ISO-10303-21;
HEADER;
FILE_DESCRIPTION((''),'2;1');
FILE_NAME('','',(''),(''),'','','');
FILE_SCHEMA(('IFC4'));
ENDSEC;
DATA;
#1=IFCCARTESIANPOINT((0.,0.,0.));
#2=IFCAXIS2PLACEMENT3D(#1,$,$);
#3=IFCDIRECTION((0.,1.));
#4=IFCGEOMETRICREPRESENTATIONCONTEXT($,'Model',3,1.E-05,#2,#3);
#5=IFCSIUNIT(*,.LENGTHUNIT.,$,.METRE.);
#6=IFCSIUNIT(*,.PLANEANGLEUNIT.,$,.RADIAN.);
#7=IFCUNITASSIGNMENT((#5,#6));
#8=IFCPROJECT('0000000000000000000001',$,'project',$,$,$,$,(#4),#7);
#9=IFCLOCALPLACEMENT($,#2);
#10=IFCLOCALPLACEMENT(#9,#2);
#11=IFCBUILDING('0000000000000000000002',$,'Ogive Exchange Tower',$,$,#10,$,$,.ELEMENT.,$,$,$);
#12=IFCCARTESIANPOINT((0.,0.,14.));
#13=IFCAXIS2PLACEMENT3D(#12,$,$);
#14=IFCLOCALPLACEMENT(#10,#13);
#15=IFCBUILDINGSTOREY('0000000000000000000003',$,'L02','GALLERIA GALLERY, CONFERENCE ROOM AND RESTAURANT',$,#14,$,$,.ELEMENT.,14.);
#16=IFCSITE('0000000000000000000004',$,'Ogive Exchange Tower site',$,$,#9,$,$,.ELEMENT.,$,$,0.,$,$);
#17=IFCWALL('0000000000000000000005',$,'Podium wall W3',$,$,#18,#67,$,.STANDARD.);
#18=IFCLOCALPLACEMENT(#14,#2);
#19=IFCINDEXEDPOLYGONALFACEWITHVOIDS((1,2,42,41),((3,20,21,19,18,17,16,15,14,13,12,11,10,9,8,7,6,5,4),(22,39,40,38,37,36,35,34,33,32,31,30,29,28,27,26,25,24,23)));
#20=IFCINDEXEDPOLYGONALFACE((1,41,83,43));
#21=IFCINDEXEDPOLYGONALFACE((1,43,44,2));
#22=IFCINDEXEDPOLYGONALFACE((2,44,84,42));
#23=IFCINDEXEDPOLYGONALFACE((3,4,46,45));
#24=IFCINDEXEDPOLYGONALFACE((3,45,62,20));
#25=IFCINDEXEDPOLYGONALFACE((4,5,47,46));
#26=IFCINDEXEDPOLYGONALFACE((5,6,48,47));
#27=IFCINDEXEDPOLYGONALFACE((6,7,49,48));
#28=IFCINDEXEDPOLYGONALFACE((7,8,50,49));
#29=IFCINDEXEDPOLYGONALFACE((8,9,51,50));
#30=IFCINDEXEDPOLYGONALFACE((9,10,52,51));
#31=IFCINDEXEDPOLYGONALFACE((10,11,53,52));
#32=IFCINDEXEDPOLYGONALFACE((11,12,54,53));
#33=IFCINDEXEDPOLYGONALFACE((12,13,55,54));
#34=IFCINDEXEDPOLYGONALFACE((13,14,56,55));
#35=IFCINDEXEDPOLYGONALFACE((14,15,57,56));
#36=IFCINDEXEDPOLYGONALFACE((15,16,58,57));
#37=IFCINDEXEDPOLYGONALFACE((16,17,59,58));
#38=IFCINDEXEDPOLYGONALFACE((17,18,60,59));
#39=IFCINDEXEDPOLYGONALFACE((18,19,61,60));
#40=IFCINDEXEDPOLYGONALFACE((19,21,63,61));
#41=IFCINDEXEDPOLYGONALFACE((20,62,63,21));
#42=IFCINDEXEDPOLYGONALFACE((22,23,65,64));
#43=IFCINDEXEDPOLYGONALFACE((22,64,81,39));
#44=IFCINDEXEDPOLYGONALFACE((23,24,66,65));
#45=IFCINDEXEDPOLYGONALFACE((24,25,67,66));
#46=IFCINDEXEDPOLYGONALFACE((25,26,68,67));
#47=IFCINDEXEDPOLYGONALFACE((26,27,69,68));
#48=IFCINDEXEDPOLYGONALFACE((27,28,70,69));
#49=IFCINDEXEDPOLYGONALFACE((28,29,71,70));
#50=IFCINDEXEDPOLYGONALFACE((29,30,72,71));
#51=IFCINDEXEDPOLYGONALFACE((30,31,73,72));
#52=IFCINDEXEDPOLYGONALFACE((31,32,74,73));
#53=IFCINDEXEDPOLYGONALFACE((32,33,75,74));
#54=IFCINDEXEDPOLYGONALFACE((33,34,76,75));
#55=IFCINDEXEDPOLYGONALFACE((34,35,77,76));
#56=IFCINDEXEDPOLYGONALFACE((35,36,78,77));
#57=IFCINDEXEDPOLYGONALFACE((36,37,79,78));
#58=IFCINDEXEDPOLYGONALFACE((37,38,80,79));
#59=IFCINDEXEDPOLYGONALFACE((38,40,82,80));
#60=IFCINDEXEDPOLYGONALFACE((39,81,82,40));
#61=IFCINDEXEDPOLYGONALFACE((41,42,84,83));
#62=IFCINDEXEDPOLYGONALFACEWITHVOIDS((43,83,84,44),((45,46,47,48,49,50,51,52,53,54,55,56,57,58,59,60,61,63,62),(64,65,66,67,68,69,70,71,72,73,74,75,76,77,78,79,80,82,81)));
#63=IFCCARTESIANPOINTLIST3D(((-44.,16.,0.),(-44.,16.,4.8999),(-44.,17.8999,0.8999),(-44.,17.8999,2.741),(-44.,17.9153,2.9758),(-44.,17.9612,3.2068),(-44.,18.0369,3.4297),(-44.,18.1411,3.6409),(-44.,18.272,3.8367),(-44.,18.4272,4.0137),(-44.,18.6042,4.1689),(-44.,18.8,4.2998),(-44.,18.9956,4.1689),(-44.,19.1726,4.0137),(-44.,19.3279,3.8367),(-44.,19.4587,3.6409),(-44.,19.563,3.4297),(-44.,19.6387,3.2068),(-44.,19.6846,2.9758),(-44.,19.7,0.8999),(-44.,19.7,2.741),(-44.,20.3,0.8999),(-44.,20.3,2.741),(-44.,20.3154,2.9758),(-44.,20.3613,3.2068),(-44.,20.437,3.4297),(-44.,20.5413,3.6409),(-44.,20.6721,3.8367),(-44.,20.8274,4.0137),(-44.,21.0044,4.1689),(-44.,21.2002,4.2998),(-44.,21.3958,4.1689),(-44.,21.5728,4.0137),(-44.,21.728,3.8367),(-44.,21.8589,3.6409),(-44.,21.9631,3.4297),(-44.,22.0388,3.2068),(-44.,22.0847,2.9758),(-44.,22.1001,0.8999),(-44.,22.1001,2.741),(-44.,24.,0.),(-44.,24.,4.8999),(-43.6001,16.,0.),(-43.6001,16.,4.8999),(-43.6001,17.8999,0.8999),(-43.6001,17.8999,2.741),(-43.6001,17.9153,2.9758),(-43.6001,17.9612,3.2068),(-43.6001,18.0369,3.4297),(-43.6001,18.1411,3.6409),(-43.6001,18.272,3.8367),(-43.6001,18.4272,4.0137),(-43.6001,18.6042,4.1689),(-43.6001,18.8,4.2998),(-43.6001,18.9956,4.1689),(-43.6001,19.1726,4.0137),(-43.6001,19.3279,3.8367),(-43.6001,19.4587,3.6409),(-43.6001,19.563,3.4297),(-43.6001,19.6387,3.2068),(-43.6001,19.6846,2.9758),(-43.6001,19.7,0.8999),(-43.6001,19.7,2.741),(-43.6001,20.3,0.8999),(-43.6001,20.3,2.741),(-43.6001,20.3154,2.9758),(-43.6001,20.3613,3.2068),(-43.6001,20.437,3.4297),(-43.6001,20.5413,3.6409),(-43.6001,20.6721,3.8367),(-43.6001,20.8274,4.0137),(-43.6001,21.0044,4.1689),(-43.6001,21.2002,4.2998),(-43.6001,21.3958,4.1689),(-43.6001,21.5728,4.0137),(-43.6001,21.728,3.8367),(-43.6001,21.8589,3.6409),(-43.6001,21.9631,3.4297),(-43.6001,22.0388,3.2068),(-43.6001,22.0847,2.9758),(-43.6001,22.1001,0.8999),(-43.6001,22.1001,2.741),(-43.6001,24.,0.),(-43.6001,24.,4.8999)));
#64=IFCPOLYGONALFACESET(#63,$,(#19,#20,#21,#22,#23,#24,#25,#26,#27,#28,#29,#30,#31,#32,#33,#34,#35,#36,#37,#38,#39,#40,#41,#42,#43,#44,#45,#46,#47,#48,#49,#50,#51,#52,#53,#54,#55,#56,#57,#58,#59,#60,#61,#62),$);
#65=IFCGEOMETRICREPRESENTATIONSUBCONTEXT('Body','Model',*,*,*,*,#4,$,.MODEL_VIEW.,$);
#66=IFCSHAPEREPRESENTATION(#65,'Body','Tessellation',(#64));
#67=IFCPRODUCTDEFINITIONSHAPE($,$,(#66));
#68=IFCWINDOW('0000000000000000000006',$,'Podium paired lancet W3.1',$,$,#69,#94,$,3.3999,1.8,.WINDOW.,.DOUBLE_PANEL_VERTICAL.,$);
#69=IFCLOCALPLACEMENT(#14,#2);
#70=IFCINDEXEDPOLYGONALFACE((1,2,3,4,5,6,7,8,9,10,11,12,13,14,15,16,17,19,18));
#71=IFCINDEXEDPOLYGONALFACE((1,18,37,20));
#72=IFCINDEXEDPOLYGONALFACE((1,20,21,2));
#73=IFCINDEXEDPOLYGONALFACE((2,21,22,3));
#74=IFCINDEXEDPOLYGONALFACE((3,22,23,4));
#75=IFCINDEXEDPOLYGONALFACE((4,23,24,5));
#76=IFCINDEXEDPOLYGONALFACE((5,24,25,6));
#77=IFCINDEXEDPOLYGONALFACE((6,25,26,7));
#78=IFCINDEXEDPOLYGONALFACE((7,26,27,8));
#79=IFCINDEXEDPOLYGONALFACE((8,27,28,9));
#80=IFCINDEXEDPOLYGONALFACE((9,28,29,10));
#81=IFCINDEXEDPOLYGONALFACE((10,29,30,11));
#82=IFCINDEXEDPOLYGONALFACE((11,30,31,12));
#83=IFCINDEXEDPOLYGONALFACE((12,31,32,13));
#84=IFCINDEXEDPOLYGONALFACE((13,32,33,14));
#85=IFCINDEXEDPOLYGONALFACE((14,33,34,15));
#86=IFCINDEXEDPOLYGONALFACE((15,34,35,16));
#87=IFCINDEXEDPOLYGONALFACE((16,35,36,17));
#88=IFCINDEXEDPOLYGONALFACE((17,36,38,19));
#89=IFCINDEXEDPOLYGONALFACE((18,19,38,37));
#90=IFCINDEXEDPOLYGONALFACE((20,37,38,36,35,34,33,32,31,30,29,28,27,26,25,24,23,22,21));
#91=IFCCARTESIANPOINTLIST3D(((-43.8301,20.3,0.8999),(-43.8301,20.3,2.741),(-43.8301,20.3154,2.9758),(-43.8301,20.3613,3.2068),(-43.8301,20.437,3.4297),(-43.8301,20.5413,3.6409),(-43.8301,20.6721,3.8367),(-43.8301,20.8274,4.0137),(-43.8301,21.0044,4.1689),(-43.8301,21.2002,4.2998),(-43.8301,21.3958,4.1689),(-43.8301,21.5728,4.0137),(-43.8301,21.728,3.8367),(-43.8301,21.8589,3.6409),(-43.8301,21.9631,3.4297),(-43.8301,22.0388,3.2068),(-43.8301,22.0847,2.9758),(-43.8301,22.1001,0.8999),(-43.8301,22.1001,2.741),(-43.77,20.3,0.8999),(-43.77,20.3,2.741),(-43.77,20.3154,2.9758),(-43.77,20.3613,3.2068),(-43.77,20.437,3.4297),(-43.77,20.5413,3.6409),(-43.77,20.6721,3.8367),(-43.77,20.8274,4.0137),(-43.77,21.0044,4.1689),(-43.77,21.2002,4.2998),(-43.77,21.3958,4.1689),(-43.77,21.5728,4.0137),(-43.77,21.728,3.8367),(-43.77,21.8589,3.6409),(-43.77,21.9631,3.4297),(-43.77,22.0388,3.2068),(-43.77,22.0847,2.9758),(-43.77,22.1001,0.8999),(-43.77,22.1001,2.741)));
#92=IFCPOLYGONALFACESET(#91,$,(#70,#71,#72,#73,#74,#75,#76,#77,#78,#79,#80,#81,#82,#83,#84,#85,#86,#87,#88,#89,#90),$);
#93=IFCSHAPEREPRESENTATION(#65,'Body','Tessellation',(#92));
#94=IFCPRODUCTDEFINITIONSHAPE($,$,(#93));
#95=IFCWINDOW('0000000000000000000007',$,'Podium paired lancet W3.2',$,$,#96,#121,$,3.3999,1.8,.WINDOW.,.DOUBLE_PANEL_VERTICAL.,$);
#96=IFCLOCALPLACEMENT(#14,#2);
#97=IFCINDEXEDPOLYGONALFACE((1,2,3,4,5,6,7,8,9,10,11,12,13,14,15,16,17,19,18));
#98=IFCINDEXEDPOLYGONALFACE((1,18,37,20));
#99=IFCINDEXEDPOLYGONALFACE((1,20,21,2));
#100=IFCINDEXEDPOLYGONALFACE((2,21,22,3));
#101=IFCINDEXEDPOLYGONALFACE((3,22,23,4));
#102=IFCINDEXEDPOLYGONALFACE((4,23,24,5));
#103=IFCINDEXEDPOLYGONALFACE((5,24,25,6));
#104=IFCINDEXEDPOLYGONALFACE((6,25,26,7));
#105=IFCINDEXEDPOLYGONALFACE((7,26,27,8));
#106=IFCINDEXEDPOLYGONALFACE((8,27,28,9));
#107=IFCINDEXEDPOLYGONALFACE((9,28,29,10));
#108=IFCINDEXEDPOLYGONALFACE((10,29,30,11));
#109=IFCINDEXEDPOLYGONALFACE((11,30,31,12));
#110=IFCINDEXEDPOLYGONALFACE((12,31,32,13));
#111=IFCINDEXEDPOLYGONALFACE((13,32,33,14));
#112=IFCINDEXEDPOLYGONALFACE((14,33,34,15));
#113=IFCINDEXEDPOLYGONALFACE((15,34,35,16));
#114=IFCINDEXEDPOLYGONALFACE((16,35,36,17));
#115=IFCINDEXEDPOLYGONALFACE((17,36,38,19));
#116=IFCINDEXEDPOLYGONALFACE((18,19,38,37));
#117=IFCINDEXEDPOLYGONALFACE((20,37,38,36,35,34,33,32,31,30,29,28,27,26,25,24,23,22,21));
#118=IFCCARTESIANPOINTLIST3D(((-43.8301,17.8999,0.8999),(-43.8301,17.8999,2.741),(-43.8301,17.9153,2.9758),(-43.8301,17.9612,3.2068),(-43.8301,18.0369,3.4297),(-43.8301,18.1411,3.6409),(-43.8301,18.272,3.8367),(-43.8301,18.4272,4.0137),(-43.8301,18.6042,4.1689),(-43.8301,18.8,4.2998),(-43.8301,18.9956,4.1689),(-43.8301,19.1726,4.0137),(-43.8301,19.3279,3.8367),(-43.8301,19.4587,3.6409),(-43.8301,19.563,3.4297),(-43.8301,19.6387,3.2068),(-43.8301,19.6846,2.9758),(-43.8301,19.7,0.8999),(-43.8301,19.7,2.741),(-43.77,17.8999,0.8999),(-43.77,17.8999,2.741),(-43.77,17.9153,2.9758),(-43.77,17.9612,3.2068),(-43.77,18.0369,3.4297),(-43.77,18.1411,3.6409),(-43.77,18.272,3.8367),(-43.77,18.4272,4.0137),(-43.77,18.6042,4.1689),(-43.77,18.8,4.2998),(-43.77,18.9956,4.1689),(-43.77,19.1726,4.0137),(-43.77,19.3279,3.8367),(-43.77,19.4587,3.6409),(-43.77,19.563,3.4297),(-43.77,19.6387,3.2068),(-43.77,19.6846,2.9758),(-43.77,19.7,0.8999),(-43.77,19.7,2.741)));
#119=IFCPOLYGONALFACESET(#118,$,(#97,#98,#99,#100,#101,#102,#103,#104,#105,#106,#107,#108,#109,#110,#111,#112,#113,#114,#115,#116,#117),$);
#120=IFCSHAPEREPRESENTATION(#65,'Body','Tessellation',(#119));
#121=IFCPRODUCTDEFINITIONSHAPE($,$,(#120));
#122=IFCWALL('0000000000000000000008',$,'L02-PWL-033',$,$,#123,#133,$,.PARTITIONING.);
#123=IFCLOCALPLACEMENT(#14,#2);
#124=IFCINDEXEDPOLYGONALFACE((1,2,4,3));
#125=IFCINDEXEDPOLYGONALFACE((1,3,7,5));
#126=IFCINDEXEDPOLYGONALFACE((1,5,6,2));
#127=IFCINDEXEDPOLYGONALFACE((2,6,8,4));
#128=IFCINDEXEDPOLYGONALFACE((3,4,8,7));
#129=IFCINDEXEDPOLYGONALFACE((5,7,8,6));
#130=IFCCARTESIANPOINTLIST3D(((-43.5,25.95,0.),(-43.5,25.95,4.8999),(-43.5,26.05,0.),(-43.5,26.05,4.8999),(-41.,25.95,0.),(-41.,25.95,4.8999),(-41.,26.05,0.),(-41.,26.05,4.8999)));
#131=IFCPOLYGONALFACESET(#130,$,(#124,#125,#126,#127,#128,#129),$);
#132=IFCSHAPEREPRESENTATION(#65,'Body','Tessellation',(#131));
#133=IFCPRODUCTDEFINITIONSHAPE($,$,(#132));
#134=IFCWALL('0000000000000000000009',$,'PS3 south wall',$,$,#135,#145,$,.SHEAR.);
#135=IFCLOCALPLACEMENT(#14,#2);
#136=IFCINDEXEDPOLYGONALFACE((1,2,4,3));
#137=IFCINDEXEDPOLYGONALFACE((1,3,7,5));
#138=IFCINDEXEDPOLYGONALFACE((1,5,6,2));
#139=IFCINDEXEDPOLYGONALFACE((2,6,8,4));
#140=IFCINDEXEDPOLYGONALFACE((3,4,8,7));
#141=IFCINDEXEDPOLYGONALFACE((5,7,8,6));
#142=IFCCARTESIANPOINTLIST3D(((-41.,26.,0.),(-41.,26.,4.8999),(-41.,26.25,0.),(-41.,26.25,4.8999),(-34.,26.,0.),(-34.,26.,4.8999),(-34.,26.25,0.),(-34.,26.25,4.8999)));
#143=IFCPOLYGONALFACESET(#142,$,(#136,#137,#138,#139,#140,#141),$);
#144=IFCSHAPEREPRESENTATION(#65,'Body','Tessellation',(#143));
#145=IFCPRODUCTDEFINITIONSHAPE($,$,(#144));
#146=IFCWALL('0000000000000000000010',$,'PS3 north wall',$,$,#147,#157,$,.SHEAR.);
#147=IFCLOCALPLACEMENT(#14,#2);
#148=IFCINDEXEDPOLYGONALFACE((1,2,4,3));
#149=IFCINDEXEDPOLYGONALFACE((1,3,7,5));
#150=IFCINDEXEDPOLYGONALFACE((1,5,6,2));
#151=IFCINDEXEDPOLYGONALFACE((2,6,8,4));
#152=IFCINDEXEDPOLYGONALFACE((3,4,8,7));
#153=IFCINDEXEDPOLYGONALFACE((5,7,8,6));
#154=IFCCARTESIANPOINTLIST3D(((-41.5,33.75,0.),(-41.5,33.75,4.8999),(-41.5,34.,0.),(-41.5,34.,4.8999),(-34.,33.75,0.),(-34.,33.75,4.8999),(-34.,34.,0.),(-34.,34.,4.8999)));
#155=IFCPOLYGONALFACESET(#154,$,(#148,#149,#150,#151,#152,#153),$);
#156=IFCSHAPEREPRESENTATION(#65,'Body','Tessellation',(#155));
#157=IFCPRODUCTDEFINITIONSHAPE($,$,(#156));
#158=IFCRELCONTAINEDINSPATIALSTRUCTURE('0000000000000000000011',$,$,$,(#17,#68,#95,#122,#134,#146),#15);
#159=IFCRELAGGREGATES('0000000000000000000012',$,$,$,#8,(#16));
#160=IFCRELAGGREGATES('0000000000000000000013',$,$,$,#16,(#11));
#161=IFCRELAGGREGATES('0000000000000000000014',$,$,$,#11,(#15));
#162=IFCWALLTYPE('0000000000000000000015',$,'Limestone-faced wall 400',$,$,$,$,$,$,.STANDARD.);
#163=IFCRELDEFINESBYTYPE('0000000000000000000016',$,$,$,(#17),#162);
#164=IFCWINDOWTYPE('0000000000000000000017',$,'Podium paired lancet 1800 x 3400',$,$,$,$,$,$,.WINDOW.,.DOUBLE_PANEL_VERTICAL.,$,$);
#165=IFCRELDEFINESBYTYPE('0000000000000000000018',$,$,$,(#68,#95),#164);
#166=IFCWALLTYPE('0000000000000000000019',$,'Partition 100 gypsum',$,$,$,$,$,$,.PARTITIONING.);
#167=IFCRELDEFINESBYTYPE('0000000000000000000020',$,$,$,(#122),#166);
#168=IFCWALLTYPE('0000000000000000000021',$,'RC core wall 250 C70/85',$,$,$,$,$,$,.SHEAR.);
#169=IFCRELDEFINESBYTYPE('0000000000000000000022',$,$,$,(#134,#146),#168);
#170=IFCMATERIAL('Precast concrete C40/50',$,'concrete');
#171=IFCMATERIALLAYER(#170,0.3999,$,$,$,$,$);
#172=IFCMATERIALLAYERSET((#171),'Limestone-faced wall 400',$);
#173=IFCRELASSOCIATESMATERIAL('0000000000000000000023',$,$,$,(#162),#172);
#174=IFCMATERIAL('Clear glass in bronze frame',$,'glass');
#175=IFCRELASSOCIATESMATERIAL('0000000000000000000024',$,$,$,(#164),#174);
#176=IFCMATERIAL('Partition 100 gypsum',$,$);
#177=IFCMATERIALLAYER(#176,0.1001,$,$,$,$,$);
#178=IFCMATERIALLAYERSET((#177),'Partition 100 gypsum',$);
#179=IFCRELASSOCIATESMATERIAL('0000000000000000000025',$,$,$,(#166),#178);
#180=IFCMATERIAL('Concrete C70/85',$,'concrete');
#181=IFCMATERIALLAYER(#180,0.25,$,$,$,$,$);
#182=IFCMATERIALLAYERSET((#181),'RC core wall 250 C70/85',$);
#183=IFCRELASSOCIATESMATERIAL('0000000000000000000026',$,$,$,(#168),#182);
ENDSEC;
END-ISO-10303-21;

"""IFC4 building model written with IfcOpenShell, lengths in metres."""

from ifc_helpers import new_model, si_unit, direction, frame, frame_2d, origin, place, context, subcontext, project, spatial, polyline, rectangle, outline, extrude, material, layer, layer_set, type_object, element, fill, save


model = new_model("IFC4")

# Units and contexts
model_context = context("Model", 3, precision=1e-05, world=origin(), true_north=direction((0.0, 1.0)))
body_context = subcontext(model_context, "Body", "Model", "MODEL_VIEW")
ifc_project = project(units=[si_unit("LENGTHUNIT", "METRE"), si_unit("PLANEANGLEUNIT", "RADIAN")], contexts=[model_context])

# Site, building, storey
site_placement = place(None, origin())
site = spatial("IfcSite", under=ifc_project, at=site_placement, Name="Ogive Exchange Tower site", CompositionType="ELEMENT", RefElevation=0.0)
building_placement = place(site_placement, origin())
building = spatial("IfcBuilding", under=site, at=building_placement, Name="Ogive Exchange Tower", CompositionType="ELEMENT")
storey_placement = place(building_placement, frame((0.0, 0.0, 14.0)))
storey = spatial("IfcBuildingStorey", under=building, at=storey_placement, Name="L02", Description="GALLERIA GALLERY, CONFERENCE ROOM AND RESTAURANT", CompositionType="ELEMENT", Elevation=14.0)

# Shared definitions
ifc_material_1 = material(Name="Concrete C70/85", Category="concrete")

# Shared definitions
ifc_material_2 = material(Name="Precast concrete C40/50", Category="concrete")
ifc_layer_1 = layer(ifc_material_2, 0.3999)
ifc_layer_set_1 = layer_set([ifc_layer_1], Name="Limestone-faced wall 400")
wall_type_1 = type_object("IfcWallType", Name="Limestone-faced wall 400", PredefinedType="STANDARD", material=ifc_layer_set_1)

# Shared definitions
ifc_material_3 = material(Name="Clear glass in bronze frame", Category="glass")

# Wall, openings, windows
wall_1_placement = place(storey_placement, frame((-43.8, 24.0, 0.0), z_axis=(0.0, 0.0, 1.0), x_axis=(0.0, -1.0, 0.0)))
wall_1 = element("IfcWall", 1, at=wall_1_placement, inside=storey, type_object=wall_type_1, Name="Podium wall W3", PredefinedType="STANDARD", context=body_context, shape_type="SweptSolid", body=[
    extrude(rectangle(XDim=8.0, YDim=0.3999, at=frame_2d((4.0, 0.0))), origin(), (0.0, 0.0, 1.0), 4.8999),
])
opening_1_placement = place(wall_1_placement, frame((1.8999, 0.0, 0.8999)))
opening_1 = element("IfcOpeningElement", 2, at=opening_1_placement, cuts=wall_1, PredefinedType="OPENING", context=body_context, shape_type="SweptSolid", body=[
    extrude(outline(polyline([(0.0, 0.0), (1.8, 0.0), (1.8, 1.8411), (1.7847, 2.0759), (1.7388, 2.3069), (1.6631, 2.5298), (1.5588, 2.741), (1.428, 2.9368), (1.2727, 3.1138), (1.0957, 3.269), (0.8999, 3.3999), (0.7043, 3.269), (0.5273, 3.1138), (0.3721, 2.9368), (0.2412, 2.741), (0.137, 2.5298), (0.0613, 2.3069), (0.0154, 2.0759), (0.0, 1.8411), (0.0, 0.0)])), frame((0.0, 0.21, 0.0), z_axis=(0.0, -1.0, 0.0), x_axis=(1.0, 0.0, 0.0)), (0.0, 0.0, 1.0), 0.4199),
])
opening_2_placement = place(wall_1_placement, frame((4.3, 0.0, 0.8999)))
opening_2 = element("IfcOpeningElement", 3, at=opening_2_placement, cuts=wall_1, PredefinedType="OPENING", context=body_context, shape_type="SweptSolid", body=[
    extrude(outline(polyline([(0.0, 0.0), (1.8, 0.0), (1.8, 1.8411), (1.7847, 2.0759), (1.7388, 2.3069), (1.6631, 2.5298), (1.5588, 2.741), (1.428, 2.9368), (1.2727, 3.1138), (1.0957, 3.269), (0.8999, 3.3999), (0.7043, 3.269), (0.5273, 3.1138), (0.3721, 2.9368), (0.2412, 2.741), (0.137, 2.5298), (0.0613, 2.3069), (0.0154, 2.0759), (0.0, 1.8411), (0.0, 0.0)])), frame((0.0, 0.21, 0.0), z_axis=(0.0, -1.0, 0.0), x_axis=(1.0, 0.0, 0.0)), (0.0, 0.0, 1.0), 0.4199),
])
window_type_1 = type_object("IfcWindowType", Name="Podium paired lancet 1800 x 3400", PartitioningType="DOUBLE_PANEL_VERTICAL", PredefinedType="WINDOW", material=ifc_material_3)
window_1_placement = place(opening_1_placement, origin())
window_1 = element("IfcWindow", 4, at=window_1_placement, inside=storey, type_object=window_type_1, Name="Podium paired lancet W3.1", OverallHeight=3.3999, OverallWidth=1.8, PartitioningType="DOUBLE_PANEL_VERTICAL", PredefinedType="WINDOW", context=body_context, shape_type="SweptSolid", body=[
    extrude(outline(polyline([(0.0, 0.0), (1.8, 0.0), (1.8, 1.8411), (1.7847, 2.0759), (1.7388, 2.3069), (1.6631, 2.5298), (1.5588, 2.741), (1.428, 2.9368), (1.2727, 3.1138), (1.0957, 3.269), (0.8999, 3.3999), (0.7043, 3.269), (0.5273, 3.1138), (0.3721, 2.9368), (0.2412, 2.741), (0.137, 2.5298), (0.0613, 2.3069), (0.0154, 2.0759), (0.0, 1.8411), (0.0, 0.0)])), frame((0.0, 0.03, 0.0), z_axis=(0.0, -1.0, 0.0), x_axis=(1.0, 0.0, 0.0)), (0.0, 0.0, 1.0), 0.0601),
])
fill(opening_1, window_1)
window_2_placement = place(opening_2_placement, origin())
window_2 = element("IfcWindow", 5, at=window_2_placement, inside=storey, type_object=window_type_1, Name="Podium paired lancet W3.2", OverallHeight=3.3999, OverallWidth=1.8, PartitioningType="DOUBLE_PANEL_VERTICAL", PredefinedType="WINDOW", context=body_context, shape_type="SweptSolid", body=[
    extrude(outline(polyline([(0.0, 0.0), (1.8, 0.0), (1.8, 1.8411), (1.7847, 2.0759), (1.7388, 2.3069), (1.6631, 2.5298), (1.5588, 2.741), (1.428, 2.9368), (1.2727, 3.1138), (1.0957, 3.269), (0.8999, 3.3999), (0.7043, 3.269), (0.5273, 3.1138), (0.3721, 2.9368), (0.2412, 2.741), (0.137, 2.5298), (0.0613, 2.3069), (0.0154, 2.0759), (0.0, 1.8411), (0.0, 0.0)])), frame((0.0, 0.03, 0.0), z_axis=(0.0, -1.0, 0.0), x_axis=(1.0, 0.0, 0.0)), (0.0, 0.0, 1.0), 0.0601),
])
fill(opening_2, window_2)

# Walls
ifc_material_4 = material(Name="Partition 100 gypsum")
ifc_layer_2 = layer(ifc_material_4, 0.1001)
ifc_layer_set_2 = layer_set([ifc_layer_2], Name="Partition 100 gypsum")
wall_type_2 = type_object("IfcWallType", Name="Partition 100 gypsum", PredefinedType="PARTITIONING", material=ifc_layer_set_2)
wall_2_placement = place(storey_placement, frame((-43.5, 26.0, 0.0), z_axis=(0.0, 0.0, 1.0), x_axis=(1.0, 0.0, 0.0)))
element("IfcWall", 6, at=wall_2_placement, inside=storey, type_object=wall_type_2, Name="L02-PWL-033", PredefinedType="PARTITIONING", context=body_context, shape_type="SweptSolid", body=[
    extrude(rectangle(XDim=2.5, YDim=0.1001, at=frame_2d((1.25, 0.0))), origin(), (0.0, 0.0, 1.0), 4.8999),
])
ifc_layer_3 = layer(ifc_material_1, 0.25)
ifc_layer_set_3 = layer_set([ifc_layer_3], Name="RC core wall 250 C70/85")
wall_type_3 = type_object("IfcWallType", Name="RC core wall 250 C70/85", PredefinedType="SHEAR", material=ifc_layer_set_3)
wall_3_placement = place(storey_placement, frame((-41.0, 26.125, 0.0), z_axis=(0.0, 0.0, 1.0), x_axis=(1.0, 0.0, 0.0)))
element("IfcWall", 7, at=wall_3_placement, inside=storey, type_object=wall_type_3, Name="PS3 south wall", PredefinedType="SHEAR", context=body_context, shape_type="SweptSolid", body=[
    extrude(rectangle(XDim=7.0, YDim=0.25, at=frame_2d((3.5, 0.0))), origin(), (0.0, 0.0, 1.0), 4.8999),
])
wall_4_placement = place(storey_placement, frame((-41.5, 33.875, 0.0), z_axis=(0.0, 0.0, 1.0), x_axis=(1.0, 0.0, 0.0)))
element("IfcWall", 8, at=wall_4_placement, inside=storey, type_object=wall_type_3, Name="PS3 north wall", PredefinedType="SHEAR", context=body_context, shape_type="SweptSolid", body=[
    extrude(rectangle(XDim=7.5, YDim=0.25, at=frame_2d((3.75, 0.0))), origin(), (0.0, 0.0, 1.0), 4.8999),
])

save(model, "model.ifc")
